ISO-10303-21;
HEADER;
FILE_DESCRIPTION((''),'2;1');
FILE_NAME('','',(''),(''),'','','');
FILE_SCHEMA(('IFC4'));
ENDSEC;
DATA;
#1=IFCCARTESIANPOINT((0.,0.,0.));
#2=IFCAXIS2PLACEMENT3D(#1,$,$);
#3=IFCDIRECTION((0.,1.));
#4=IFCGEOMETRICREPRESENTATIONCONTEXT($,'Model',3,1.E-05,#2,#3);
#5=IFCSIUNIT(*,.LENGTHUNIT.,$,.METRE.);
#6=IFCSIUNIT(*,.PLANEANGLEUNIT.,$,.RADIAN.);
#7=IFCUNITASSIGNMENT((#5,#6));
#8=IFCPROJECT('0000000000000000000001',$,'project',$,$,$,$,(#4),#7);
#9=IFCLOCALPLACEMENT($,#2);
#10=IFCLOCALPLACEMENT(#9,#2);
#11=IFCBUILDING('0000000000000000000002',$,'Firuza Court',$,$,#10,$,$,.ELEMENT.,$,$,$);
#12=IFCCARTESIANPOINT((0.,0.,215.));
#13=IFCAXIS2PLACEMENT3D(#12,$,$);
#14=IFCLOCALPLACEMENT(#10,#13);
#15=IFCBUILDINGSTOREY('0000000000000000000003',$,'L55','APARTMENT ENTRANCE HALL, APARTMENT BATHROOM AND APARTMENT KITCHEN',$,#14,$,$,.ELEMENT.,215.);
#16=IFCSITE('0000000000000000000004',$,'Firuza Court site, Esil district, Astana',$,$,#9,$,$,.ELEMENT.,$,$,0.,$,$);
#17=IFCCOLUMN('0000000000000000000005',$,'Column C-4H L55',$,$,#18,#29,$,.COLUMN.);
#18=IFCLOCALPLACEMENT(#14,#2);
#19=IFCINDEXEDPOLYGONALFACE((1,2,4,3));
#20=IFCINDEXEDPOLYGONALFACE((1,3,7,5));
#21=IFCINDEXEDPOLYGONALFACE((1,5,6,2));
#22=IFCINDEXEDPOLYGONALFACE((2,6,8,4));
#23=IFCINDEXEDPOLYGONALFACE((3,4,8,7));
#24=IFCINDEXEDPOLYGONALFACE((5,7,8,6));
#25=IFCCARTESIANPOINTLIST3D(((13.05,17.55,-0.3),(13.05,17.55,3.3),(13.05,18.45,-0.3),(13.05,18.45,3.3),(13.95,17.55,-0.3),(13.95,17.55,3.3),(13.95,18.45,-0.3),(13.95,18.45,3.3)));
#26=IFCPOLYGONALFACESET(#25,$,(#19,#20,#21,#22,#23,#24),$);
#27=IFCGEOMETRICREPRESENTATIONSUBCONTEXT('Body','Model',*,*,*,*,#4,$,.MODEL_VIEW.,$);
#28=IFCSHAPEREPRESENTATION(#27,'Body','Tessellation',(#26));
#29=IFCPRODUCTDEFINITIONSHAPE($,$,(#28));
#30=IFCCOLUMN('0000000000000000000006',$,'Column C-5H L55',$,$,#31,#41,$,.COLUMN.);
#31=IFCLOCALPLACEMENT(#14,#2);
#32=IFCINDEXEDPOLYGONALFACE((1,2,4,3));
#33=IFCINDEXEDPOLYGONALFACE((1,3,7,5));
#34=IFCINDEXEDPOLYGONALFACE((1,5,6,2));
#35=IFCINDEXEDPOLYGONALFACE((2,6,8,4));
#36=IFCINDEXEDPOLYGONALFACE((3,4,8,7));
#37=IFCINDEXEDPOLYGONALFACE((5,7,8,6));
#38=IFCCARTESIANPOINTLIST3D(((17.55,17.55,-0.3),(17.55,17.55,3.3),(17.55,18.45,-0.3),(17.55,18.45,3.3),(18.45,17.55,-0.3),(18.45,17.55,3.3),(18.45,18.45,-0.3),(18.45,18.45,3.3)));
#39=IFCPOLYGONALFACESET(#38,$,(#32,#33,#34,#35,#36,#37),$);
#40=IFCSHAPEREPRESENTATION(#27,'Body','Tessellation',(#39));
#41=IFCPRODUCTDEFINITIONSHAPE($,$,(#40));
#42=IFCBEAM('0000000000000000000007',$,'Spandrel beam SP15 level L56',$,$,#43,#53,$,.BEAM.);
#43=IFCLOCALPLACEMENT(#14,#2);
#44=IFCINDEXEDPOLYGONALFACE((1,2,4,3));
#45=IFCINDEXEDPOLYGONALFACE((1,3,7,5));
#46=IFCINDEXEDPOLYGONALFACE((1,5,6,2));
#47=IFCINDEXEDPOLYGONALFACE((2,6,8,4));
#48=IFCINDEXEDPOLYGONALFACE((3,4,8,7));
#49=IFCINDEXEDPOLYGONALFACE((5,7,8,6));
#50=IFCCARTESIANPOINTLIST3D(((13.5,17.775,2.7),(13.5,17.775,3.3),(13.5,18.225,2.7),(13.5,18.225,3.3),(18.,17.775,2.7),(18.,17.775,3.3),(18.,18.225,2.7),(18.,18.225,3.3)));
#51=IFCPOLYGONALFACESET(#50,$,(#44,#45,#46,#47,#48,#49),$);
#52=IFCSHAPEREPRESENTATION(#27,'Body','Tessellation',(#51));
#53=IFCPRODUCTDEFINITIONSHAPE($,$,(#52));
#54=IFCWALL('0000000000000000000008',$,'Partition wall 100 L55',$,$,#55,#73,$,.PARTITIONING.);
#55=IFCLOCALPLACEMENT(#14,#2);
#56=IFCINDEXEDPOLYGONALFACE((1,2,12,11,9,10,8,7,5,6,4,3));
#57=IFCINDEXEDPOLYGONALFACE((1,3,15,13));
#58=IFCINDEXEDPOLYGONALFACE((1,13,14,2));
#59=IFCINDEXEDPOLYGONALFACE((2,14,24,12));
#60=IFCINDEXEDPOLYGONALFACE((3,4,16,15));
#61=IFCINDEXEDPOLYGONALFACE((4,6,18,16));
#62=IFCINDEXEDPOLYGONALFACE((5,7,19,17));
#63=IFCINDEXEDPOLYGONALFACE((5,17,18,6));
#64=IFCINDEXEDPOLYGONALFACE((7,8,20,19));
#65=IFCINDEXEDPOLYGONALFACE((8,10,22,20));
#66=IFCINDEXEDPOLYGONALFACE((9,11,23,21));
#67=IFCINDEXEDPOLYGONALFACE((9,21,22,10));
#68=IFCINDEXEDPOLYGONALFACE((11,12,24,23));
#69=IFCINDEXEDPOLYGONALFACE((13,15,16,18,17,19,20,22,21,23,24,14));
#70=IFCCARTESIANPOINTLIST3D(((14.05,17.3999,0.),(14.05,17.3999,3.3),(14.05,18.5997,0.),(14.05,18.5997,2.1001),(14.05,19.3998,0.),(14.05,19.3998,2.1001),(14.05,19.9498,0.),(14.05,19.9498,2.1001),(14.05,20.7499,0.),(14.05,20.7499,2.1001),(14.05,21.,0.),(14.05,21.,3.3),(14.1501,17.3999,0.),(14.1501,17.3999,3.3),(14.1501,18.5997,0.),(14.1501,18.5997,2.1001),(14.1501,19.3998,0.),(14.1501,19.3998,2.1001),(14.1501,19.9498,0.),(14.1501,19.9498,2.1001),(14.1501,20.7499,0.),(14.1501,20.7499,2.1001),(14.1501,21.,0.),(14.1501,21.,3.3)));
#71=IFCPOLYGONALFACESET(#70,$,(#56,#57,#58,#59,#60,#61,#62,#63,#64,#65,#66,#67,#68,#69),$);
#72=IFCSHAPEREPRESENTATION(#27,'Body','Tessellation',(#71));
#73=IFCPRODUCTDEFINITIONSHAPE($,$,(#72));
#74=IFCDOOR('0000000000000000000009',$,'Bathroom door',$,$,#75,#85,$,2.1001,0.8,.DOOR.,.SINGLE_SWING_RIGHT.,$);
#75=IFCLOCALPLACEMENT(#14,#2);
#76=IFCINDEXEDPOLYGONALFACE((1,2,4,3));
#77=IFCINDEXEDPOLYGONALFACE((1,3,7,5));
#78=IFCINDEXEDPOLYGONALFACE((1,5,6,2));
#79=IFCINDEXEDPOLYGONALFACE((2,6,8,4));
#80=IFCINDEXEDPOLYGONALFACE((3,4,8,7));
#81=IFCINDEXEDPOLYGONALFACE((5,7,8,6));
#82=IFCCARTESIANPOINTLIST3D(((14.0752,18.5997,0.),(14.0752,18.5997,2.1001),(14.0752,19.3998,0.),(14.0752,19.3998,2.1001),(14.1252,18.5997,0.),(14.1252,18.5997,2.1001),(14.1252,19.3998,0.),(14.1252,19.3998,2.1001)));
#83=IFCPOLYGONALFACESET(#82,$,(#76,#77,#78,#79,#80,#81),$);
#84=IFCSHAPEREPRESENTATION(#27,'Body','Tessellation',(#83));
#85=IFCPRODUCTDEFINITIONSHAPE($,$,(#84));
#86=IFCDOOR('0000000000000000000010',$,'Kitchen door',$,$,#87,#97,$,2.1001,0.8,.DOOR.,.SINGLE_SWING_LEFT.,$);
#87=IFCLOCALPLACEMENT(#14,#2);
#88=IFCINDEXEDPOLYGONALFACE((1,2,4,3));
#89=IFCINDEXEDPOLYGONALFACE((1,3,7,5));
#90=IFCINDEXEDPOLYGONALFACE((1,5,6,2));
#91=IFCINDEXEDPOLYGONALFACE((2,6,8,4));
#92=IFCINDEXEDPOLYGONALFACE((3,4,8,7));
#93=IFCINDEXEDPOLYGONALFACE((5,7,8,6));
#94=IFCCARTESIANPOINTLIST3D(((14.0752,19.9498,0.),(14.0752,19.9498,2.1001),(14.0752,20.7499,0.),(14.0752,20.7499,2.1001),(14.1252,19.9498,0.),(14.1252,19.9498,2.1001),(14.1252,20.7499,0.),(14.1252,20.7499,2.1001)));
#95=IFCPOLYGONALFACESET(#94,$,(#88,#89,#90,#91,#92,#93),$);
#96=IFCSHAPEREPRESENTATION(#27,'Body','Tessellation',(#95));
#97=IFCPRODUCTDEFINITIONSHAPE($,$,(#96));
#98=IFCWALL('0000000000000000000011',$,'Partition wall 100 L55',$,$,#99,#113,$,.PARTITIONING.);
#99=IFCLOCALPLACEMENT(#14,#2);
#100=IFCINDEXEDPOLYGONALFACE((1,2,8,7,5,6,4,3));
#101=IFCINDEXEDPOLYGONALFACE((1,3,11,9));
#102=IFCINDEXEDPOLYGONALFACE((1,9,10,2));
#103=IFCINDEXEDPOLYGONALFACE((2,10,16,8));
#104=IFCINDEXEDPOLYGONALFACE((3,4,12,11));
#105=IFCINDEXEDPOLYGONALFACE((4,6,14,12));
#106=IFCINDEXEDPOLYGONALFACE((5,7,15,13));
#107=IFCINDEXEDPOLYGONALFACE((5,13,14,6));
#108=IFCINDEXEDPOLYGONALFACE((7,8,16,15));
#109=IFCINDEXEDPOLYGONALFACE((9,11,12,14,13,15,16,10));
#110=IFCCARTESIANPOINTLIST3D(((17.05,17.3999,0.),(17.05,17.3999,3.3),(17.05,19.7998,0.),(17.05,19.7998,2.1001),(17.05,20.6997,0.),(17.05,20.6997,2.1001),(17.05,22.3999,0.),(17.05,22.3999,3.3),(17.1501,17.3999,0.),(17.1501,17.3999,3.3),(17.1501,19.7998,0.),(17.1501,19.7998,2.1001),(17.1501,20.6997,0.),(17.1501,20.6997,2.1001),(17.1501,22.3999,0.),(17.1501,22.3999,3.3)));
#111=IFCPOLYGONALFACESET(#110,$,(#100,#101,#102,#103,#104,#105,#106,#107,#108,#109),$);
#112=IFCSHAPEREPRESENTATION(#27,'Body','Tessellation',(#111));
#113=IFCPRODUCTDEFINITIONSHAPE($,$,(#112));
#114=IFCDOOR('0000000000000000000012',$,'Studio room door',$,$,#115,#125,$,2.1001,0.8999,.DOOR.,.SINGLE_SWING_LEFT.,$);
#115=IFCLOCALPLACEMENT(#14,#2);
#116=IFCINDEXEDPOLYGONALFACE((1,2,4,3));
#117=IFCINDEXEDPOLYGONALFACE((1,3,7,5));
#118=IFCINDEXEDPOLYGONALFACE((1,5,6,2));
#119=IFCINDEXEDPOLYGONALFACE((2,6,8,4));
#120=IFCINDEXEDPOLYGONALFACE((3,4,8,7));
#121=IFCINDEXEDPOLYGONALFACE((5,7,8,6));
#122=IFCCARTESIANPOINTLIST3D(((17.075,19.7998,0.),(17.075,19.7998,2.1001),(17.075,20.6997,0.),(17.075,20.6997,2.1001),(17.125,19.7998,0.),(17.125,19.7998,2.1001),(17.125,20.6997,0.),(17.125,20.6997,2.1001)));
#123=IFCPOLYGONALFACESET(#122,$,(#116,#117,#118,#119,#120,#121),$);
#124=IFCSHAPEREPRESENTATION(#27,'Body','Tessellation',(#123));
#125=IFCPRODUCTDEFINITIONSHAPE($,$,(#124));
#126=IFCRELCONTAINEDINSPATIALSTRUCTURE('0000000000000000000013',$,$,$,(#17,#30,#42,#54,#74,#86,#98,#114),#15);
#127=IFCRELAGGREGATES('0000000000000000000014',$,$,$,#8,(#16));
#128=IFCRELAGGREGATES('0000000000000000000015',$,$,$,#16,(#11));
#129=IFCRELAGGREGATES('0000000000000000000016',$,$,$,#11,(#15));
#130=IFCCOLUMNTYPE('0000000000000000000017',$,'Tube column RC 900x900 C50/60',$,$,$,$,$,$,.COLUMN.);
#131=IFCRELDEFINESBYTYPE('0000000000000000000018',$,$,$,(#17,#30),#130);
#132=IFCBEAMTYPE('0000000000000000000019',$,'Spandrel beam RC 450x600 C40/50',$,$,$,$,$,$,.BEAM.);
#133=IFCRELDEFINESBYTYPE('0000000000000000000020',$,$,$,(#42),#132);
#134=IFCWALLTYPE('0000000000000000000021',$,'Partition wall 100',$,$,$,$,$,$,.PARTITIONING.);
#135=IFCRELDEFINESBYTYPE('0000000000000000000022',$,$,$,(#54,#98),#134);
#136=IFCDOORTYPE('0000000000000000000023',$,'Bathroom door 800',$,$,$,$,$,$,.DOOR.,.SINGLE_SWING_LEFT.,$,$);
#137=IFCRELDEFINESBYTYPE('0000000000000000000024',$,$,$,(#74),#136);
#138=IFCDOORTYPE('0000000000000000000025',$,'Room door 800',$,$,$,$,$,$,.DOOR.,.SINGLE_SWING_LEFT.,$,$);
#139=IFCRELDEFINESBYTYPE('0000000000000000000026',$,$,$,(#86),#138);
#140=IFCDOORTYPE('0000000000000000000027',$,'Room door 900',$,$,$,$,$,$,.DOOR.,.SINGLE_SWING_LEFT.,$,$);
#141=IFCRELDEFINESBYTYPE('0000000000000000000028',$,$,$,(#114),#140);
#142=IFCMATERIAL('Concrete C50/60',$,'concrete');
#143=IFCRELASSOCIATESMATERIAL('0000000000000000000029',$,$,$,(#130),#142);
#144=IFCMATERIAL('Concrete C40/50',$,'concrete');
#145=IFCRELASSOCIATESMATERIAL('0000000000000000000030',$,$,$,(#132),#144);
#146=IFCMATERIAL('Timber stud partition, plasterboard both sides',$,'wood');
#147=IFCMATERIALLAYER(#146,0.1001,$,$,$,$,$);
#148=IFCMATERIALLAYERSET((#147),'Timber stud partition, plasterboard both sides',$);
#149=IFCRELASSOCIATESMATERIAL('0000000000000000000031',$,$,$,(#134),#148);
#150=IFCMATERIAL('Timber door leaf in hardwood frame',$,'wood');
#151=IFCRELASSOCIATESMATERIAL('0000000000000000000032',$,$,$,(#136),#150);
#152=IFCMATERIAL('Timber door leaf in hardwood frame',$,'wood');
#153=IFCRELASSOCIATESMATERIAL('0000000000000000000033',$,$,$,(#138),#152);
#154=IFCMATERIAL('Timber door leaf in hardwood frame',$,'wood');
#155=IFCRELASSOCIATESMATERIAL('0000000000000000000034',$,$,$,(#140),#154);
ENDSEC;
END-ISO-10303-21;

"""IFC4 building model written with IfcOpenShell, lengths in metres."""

from ifc_helpers import new_model, si_unit, direction, frame, frame_2d, origin, origin_2d, place, context, subcontext, project, spatial, rectangle, extrude, material, layer, layer_set, material_profile, profile_set, type_object, element, fill, save


model = new_model("IFC4")

# Units and contexts
model_context = context("Model", 3, precision=1e-05, world=origin(), true_north=direction((0.0, 1.0)))
body_context = subcontext(model_context, "Body", "Model", "MODEL_VIEW")
ifc_project = project(units=[si_unit("LENGTHUNIT", "METRE"), si_unit("PLANEANGLEUNIT", "RADIAN")], contexts=[model_context])

# Site, building, storey
site_placement = place(None, origin())
site = spatial("IfcSite", under=ifc_project, at=site_placement, Name="Firuza Court site, Esil district, Astana", CompositionType="ELEMENT", RefElevation=0.0)
building_placement = place(site_placement, origin())
building = spatial("IfcBuilding", under=site, at=building_placement, Name="Firuza Court", CompositionType="ELEMENT")
storey_placement = place(building_placement, frame((0.0, 0.0, 215.0)))
storey = spatial("IfcBuildingStorey", under=building, at=storey_placement, Name="L55", Description="APARTMENT ENTRANCE HALL, APARTMENT BATHROOM AND APARTMENT KITCHEN", CompositionType="ELEMENT", Elevation=215.0)

# Columns
ifc_material_1 = material(Name="Concrete C50/60", Category="concrete")
ifc_material_profile_1 = material_profile(ifc_material_1, rectangle(XDim=0.8999, YDim=0.8999, at=origin_2d()), Name="RC 900x900")
ifc_profile_set_1 = profile_set([ifc_material_profile_1], Name="Concrete C50/60")
column_type = type_object("IfcColumnType", Name="Tube column RC 900x900 C50/60", PredefinedType="COLUMN", material=ifc_profile_set_1)
for number, where, z_axis, x_axis, name in (
    (1, (13.5, 18.0, -0.3), (0.0, 0.0, 1.0), (1.0, 0.0, 0.0), "Column C-4H L55"),
    (2, (18.0, 18.0, -0.3), (0.0, 0.0, 1.0), (1.0, 0.0, 0.0), "Column C-5H L55"),
):
    element("IfcColumn", number, at=place(storey_placement, frame(where, z_axis=z_axis, x_axis=x_axis)), inside=storey, type_object=column_type, Name=name, PredefinedType="COLUMN", context=body_context, shape_type="SweptSolid", body=[
        extrude(rectangle(XDim=0.8999, YDim=0.8999, at=origin_2d()), origin(), (0.0, 0.0, 1.0), 3.6001),
    ])

# Beam
ifc_material_2 = material(Name="Concrete C40/50", Category="concrete")
ifc_material_profile_2 = material_profile(ifc_material_2, rectangle(XDim=0.45, YDim=0.6001, at=origin_2d()), Name="RC 450x600")
ifc_profile_set_2 = profile_set([ifc_material_profile_2], Name="Concrete C40/50")
beam_type = type_object("IfcBeamType", Name="Spandrel beam RC 450x600 C40/50", PredefinedType="BEAM", material=ifc_profile_set_2)
beam_placement = place(storey_placement, frame((13.5, 18.0, 3.0), z_axis=(1.0, 0.0, 0.0), x_axis=(0.0, 1.0, 0.0)))
element("IfcBeam", 3, at=beam_placement, inside=storey, type_object=beam_type, Name="Spandrel beam SP15 level L56", PredefinedType="BEAM", context=body_context, shape_type="SweptSolid", body=[
    extrude(rectangle(XDim=0.45, YDim=0.6001, at=origin_2d()), origin(), (0.0, 0.0, 1.0), 4.5),
])

# Wall, openings, doors
ifc_material_3 = material(Name="Timber stud partition, plasterboard both sides", Category="wood")
ifc_layer = layer(ifc_material_3, 0.1001)
ifc_layer_set = layer_set([ifc_layer], Name="Timber stud partition, plasterboard both sides")
wall_type = type_object("IfcWallType", Name="Partition wall 100", PredefinedType="PARTITIONING", material=ifc_layer_set)
wall_1_placement = place(storey_placement, frame((14.1001, 17.3999, 0.0), z_axis=(0.0, 0.0, 1.0), x_axis=(0.0, 1.0, 0.0)))
wall_1 = element("IfcWall", 4, at=wall_1_placement, inside=storey, type_object=wall_type, Name="Partition wall 100 L55", PredefinedType="PARTITIONING", context=body_context, shape_type="SweptSolid", body=[
    extrude(rectangle(XDim=3.6001, YDim=0.1001, at=frame_2d((1.8, 0.0))), origin(), (0.0, 0.0, 1.0), 3.3),
])
opening_1_placement = place(wall_1_placement, frame((1.2, 0.0, 0.0)))
opening_1 = element("IfcOpeningElement", 5, at=opening_1_placement, cuts=wall_1, PredefinedType="OPENING", context=body_context, shape_type="SweptSolid", body=[
    extrude(rectangle(XDim=0.8, YDim=2.1001, at=frame_2d((0.3999, 1.05))), frame((0.0, 0.062, 0.0), z_axis=(0.0, -1.0, 0.0), x_axis=(1.0, 0.0, 0.0)), (0.0, 0.0, 1.0), 0.124),
])
opening_2_placement = place(wall_1_placement, frame((2.55, 0.0, 0.0)))
opening_2 = element("IfcOpeningElement", 6, at=opening_2_placement, cuts=wall_1, PredefinedType="OPENING", context=body_context, shape_type="SweptSolid", body=[
    extrude(rectangle(XDim=0.8, YDim=2.1001, at=frame_2d((0.3999, 1.05))), frame((0.0, 0.062, 0.0), z_axis=(0.0, -1.0, 0.0), x_axis=(1.0, 0.0, 0.0)), (0.0, 0.0, 1.0), 0.124),
])
ifc_material_4 = material(Name="Timber door leaf in hardwood frame", Category="wood")
door_type_1 = type_object("IfcDoorType", Name="Bathroom door 800", OperationType="SINGLE_SWING_LEFT", PredefinedType="DOOR", material=ifc_material_4)
door_1_placement = place(opening_1_placement, origin())
door_1 = element("IfcDoor", 7, at=door_1_placement, inside=storey, type_object=door_type_1, Name="Bathroom door", OperationType="SINGLE_SWING_RIGHT", OverallHeight=2.1001, OverallWidth=0.8, PredefinedType="DOOR", context=body_context, shape_type="SweptSolid", body=[
    extrude(rectangle(XDim=0.8, YDim=2.1001, at=frame_2d((0.3999, 1.05))), frame((0.0, 0.0249, 0.0), z_axis=(0.0, -1.0, 0.0), x_axis=(1.0, 0.0, 0.0)), (0.0, 0.0, 1.0), 0.05),
])
fill(opening_1, door_1)
ifc_material_5 = material(Name="Timber door leaf in hardwood frame", Category="wood")
door_type_2 = type_object("IfcDoorType", Name="Room door 800", OperationType="SINGLE_SWING_LEFT", PredefinedType="DOOR", material=ifc_material_5)
door_2_placement = place(opening_2_placement, origin())
door_2 = element("IfcDoor", 8, at=door_2_placement, inside=storey, type_object=door_type_2, Name="Kitchen door", OperationType="SINGLE_SWING_LEFT", OverallHeight=2.1001, OverallWidth=0.8, PredefinedType="DOOR", context=body_context, shape_type="SweptSolid", body=[
    extrude(rectangle(XDim=0.8, YDim=2.1001, at=frame_2d((0.3999, 1.05))), frame((0.0, 0.0249, 0.0), z_axis=(0.0, -1.0, 0.0), x_axis=(1.0, 0.0, 0.0)), (0.0, 0.0, 1.0), 0.05),
])
fill(opening_2, door_2)

# Wall, opening, door
wall_2_placement = place(storey_placement, frame((17.1001, 17.3999, 0.0), z_axis=(0.0, 0.0, 1.0), x_axis=(0.0, 1.0, 0.0)))
wall_2 = element("IfcWall", 9, at=wall_2_placement, inside=storey, type_object=wall_type, Name="Partition wall 100 L55", PredefinedType="PARTITIONING", context=body_context, shape_type="SweptSolid", body=[
    extrude(rectangle(XDim=5.0, YDim=0.1001, at=frame_2d((2.5, 0.0))), origin(), (0.0, 0.0, 1.0), 3.3),
])
opening_3_placement = place(wall_2_placement, frame((2.3999, 0.0, 0.0)))
opening_3 = element("IfcOpeningElement", 10, at=opening_3_placement, cuts=wall_2, PredefinedType="OPENING", context=body_context, shape_type="SweptSolid", body=[
    extrude(rectangle(XDim=0.8999, YDim=2.1001, at=frame_2d((0.45, 1.05))), frame((0.0, 0.062, 0.0), z_axis=(0.0, -1.0, 0.0), x_axis=(1.0, 0.0, 0.0)), (0.0, 0.0, 1.0), 0.124),
])
ifc_material_6 = material(Name="Timber door leaf in hardwood frame", Category="wood")
door_type_3 = type_object("IfcDoorType", Name="Room door 900", OperationType="SINGLE_SWING_LEFT", PredefinedType="DOOR", material=ifc_material_6)
door_3_placement = place(opening_3_placement, frame((0.8999, 0.0, 0.0), z_axis=(0.0, 0.0, 1.0), x_axis=(-1.0, 0.0, 0.0)))
door_3 = element("IfcDoor", 11, at=door_3_placement, inside=storey, type_object=door_type_3, Name="Studio room door", OperationType="SINGLE_SWING_LEFT", OverallHeight=2.1001, OverallWidth=0.8999, PredefinedType="DOOR", context=body_context, shape_type="SweptSolid", body=[
    extrude(rectangle(XDim=0.8999, YDim=2.1001, at=frame_2d((0.45, 1.05))), frame((0.0, 0.0249, 0.0), z_axis=(0.0, -1.0, 0.0), x_axis=(1.0, 0.0, 0.0)), (0.0, 0.0, 1.0), 0.05),
])
fill(opening_3, door_3)

save(model, "model.ifc")
